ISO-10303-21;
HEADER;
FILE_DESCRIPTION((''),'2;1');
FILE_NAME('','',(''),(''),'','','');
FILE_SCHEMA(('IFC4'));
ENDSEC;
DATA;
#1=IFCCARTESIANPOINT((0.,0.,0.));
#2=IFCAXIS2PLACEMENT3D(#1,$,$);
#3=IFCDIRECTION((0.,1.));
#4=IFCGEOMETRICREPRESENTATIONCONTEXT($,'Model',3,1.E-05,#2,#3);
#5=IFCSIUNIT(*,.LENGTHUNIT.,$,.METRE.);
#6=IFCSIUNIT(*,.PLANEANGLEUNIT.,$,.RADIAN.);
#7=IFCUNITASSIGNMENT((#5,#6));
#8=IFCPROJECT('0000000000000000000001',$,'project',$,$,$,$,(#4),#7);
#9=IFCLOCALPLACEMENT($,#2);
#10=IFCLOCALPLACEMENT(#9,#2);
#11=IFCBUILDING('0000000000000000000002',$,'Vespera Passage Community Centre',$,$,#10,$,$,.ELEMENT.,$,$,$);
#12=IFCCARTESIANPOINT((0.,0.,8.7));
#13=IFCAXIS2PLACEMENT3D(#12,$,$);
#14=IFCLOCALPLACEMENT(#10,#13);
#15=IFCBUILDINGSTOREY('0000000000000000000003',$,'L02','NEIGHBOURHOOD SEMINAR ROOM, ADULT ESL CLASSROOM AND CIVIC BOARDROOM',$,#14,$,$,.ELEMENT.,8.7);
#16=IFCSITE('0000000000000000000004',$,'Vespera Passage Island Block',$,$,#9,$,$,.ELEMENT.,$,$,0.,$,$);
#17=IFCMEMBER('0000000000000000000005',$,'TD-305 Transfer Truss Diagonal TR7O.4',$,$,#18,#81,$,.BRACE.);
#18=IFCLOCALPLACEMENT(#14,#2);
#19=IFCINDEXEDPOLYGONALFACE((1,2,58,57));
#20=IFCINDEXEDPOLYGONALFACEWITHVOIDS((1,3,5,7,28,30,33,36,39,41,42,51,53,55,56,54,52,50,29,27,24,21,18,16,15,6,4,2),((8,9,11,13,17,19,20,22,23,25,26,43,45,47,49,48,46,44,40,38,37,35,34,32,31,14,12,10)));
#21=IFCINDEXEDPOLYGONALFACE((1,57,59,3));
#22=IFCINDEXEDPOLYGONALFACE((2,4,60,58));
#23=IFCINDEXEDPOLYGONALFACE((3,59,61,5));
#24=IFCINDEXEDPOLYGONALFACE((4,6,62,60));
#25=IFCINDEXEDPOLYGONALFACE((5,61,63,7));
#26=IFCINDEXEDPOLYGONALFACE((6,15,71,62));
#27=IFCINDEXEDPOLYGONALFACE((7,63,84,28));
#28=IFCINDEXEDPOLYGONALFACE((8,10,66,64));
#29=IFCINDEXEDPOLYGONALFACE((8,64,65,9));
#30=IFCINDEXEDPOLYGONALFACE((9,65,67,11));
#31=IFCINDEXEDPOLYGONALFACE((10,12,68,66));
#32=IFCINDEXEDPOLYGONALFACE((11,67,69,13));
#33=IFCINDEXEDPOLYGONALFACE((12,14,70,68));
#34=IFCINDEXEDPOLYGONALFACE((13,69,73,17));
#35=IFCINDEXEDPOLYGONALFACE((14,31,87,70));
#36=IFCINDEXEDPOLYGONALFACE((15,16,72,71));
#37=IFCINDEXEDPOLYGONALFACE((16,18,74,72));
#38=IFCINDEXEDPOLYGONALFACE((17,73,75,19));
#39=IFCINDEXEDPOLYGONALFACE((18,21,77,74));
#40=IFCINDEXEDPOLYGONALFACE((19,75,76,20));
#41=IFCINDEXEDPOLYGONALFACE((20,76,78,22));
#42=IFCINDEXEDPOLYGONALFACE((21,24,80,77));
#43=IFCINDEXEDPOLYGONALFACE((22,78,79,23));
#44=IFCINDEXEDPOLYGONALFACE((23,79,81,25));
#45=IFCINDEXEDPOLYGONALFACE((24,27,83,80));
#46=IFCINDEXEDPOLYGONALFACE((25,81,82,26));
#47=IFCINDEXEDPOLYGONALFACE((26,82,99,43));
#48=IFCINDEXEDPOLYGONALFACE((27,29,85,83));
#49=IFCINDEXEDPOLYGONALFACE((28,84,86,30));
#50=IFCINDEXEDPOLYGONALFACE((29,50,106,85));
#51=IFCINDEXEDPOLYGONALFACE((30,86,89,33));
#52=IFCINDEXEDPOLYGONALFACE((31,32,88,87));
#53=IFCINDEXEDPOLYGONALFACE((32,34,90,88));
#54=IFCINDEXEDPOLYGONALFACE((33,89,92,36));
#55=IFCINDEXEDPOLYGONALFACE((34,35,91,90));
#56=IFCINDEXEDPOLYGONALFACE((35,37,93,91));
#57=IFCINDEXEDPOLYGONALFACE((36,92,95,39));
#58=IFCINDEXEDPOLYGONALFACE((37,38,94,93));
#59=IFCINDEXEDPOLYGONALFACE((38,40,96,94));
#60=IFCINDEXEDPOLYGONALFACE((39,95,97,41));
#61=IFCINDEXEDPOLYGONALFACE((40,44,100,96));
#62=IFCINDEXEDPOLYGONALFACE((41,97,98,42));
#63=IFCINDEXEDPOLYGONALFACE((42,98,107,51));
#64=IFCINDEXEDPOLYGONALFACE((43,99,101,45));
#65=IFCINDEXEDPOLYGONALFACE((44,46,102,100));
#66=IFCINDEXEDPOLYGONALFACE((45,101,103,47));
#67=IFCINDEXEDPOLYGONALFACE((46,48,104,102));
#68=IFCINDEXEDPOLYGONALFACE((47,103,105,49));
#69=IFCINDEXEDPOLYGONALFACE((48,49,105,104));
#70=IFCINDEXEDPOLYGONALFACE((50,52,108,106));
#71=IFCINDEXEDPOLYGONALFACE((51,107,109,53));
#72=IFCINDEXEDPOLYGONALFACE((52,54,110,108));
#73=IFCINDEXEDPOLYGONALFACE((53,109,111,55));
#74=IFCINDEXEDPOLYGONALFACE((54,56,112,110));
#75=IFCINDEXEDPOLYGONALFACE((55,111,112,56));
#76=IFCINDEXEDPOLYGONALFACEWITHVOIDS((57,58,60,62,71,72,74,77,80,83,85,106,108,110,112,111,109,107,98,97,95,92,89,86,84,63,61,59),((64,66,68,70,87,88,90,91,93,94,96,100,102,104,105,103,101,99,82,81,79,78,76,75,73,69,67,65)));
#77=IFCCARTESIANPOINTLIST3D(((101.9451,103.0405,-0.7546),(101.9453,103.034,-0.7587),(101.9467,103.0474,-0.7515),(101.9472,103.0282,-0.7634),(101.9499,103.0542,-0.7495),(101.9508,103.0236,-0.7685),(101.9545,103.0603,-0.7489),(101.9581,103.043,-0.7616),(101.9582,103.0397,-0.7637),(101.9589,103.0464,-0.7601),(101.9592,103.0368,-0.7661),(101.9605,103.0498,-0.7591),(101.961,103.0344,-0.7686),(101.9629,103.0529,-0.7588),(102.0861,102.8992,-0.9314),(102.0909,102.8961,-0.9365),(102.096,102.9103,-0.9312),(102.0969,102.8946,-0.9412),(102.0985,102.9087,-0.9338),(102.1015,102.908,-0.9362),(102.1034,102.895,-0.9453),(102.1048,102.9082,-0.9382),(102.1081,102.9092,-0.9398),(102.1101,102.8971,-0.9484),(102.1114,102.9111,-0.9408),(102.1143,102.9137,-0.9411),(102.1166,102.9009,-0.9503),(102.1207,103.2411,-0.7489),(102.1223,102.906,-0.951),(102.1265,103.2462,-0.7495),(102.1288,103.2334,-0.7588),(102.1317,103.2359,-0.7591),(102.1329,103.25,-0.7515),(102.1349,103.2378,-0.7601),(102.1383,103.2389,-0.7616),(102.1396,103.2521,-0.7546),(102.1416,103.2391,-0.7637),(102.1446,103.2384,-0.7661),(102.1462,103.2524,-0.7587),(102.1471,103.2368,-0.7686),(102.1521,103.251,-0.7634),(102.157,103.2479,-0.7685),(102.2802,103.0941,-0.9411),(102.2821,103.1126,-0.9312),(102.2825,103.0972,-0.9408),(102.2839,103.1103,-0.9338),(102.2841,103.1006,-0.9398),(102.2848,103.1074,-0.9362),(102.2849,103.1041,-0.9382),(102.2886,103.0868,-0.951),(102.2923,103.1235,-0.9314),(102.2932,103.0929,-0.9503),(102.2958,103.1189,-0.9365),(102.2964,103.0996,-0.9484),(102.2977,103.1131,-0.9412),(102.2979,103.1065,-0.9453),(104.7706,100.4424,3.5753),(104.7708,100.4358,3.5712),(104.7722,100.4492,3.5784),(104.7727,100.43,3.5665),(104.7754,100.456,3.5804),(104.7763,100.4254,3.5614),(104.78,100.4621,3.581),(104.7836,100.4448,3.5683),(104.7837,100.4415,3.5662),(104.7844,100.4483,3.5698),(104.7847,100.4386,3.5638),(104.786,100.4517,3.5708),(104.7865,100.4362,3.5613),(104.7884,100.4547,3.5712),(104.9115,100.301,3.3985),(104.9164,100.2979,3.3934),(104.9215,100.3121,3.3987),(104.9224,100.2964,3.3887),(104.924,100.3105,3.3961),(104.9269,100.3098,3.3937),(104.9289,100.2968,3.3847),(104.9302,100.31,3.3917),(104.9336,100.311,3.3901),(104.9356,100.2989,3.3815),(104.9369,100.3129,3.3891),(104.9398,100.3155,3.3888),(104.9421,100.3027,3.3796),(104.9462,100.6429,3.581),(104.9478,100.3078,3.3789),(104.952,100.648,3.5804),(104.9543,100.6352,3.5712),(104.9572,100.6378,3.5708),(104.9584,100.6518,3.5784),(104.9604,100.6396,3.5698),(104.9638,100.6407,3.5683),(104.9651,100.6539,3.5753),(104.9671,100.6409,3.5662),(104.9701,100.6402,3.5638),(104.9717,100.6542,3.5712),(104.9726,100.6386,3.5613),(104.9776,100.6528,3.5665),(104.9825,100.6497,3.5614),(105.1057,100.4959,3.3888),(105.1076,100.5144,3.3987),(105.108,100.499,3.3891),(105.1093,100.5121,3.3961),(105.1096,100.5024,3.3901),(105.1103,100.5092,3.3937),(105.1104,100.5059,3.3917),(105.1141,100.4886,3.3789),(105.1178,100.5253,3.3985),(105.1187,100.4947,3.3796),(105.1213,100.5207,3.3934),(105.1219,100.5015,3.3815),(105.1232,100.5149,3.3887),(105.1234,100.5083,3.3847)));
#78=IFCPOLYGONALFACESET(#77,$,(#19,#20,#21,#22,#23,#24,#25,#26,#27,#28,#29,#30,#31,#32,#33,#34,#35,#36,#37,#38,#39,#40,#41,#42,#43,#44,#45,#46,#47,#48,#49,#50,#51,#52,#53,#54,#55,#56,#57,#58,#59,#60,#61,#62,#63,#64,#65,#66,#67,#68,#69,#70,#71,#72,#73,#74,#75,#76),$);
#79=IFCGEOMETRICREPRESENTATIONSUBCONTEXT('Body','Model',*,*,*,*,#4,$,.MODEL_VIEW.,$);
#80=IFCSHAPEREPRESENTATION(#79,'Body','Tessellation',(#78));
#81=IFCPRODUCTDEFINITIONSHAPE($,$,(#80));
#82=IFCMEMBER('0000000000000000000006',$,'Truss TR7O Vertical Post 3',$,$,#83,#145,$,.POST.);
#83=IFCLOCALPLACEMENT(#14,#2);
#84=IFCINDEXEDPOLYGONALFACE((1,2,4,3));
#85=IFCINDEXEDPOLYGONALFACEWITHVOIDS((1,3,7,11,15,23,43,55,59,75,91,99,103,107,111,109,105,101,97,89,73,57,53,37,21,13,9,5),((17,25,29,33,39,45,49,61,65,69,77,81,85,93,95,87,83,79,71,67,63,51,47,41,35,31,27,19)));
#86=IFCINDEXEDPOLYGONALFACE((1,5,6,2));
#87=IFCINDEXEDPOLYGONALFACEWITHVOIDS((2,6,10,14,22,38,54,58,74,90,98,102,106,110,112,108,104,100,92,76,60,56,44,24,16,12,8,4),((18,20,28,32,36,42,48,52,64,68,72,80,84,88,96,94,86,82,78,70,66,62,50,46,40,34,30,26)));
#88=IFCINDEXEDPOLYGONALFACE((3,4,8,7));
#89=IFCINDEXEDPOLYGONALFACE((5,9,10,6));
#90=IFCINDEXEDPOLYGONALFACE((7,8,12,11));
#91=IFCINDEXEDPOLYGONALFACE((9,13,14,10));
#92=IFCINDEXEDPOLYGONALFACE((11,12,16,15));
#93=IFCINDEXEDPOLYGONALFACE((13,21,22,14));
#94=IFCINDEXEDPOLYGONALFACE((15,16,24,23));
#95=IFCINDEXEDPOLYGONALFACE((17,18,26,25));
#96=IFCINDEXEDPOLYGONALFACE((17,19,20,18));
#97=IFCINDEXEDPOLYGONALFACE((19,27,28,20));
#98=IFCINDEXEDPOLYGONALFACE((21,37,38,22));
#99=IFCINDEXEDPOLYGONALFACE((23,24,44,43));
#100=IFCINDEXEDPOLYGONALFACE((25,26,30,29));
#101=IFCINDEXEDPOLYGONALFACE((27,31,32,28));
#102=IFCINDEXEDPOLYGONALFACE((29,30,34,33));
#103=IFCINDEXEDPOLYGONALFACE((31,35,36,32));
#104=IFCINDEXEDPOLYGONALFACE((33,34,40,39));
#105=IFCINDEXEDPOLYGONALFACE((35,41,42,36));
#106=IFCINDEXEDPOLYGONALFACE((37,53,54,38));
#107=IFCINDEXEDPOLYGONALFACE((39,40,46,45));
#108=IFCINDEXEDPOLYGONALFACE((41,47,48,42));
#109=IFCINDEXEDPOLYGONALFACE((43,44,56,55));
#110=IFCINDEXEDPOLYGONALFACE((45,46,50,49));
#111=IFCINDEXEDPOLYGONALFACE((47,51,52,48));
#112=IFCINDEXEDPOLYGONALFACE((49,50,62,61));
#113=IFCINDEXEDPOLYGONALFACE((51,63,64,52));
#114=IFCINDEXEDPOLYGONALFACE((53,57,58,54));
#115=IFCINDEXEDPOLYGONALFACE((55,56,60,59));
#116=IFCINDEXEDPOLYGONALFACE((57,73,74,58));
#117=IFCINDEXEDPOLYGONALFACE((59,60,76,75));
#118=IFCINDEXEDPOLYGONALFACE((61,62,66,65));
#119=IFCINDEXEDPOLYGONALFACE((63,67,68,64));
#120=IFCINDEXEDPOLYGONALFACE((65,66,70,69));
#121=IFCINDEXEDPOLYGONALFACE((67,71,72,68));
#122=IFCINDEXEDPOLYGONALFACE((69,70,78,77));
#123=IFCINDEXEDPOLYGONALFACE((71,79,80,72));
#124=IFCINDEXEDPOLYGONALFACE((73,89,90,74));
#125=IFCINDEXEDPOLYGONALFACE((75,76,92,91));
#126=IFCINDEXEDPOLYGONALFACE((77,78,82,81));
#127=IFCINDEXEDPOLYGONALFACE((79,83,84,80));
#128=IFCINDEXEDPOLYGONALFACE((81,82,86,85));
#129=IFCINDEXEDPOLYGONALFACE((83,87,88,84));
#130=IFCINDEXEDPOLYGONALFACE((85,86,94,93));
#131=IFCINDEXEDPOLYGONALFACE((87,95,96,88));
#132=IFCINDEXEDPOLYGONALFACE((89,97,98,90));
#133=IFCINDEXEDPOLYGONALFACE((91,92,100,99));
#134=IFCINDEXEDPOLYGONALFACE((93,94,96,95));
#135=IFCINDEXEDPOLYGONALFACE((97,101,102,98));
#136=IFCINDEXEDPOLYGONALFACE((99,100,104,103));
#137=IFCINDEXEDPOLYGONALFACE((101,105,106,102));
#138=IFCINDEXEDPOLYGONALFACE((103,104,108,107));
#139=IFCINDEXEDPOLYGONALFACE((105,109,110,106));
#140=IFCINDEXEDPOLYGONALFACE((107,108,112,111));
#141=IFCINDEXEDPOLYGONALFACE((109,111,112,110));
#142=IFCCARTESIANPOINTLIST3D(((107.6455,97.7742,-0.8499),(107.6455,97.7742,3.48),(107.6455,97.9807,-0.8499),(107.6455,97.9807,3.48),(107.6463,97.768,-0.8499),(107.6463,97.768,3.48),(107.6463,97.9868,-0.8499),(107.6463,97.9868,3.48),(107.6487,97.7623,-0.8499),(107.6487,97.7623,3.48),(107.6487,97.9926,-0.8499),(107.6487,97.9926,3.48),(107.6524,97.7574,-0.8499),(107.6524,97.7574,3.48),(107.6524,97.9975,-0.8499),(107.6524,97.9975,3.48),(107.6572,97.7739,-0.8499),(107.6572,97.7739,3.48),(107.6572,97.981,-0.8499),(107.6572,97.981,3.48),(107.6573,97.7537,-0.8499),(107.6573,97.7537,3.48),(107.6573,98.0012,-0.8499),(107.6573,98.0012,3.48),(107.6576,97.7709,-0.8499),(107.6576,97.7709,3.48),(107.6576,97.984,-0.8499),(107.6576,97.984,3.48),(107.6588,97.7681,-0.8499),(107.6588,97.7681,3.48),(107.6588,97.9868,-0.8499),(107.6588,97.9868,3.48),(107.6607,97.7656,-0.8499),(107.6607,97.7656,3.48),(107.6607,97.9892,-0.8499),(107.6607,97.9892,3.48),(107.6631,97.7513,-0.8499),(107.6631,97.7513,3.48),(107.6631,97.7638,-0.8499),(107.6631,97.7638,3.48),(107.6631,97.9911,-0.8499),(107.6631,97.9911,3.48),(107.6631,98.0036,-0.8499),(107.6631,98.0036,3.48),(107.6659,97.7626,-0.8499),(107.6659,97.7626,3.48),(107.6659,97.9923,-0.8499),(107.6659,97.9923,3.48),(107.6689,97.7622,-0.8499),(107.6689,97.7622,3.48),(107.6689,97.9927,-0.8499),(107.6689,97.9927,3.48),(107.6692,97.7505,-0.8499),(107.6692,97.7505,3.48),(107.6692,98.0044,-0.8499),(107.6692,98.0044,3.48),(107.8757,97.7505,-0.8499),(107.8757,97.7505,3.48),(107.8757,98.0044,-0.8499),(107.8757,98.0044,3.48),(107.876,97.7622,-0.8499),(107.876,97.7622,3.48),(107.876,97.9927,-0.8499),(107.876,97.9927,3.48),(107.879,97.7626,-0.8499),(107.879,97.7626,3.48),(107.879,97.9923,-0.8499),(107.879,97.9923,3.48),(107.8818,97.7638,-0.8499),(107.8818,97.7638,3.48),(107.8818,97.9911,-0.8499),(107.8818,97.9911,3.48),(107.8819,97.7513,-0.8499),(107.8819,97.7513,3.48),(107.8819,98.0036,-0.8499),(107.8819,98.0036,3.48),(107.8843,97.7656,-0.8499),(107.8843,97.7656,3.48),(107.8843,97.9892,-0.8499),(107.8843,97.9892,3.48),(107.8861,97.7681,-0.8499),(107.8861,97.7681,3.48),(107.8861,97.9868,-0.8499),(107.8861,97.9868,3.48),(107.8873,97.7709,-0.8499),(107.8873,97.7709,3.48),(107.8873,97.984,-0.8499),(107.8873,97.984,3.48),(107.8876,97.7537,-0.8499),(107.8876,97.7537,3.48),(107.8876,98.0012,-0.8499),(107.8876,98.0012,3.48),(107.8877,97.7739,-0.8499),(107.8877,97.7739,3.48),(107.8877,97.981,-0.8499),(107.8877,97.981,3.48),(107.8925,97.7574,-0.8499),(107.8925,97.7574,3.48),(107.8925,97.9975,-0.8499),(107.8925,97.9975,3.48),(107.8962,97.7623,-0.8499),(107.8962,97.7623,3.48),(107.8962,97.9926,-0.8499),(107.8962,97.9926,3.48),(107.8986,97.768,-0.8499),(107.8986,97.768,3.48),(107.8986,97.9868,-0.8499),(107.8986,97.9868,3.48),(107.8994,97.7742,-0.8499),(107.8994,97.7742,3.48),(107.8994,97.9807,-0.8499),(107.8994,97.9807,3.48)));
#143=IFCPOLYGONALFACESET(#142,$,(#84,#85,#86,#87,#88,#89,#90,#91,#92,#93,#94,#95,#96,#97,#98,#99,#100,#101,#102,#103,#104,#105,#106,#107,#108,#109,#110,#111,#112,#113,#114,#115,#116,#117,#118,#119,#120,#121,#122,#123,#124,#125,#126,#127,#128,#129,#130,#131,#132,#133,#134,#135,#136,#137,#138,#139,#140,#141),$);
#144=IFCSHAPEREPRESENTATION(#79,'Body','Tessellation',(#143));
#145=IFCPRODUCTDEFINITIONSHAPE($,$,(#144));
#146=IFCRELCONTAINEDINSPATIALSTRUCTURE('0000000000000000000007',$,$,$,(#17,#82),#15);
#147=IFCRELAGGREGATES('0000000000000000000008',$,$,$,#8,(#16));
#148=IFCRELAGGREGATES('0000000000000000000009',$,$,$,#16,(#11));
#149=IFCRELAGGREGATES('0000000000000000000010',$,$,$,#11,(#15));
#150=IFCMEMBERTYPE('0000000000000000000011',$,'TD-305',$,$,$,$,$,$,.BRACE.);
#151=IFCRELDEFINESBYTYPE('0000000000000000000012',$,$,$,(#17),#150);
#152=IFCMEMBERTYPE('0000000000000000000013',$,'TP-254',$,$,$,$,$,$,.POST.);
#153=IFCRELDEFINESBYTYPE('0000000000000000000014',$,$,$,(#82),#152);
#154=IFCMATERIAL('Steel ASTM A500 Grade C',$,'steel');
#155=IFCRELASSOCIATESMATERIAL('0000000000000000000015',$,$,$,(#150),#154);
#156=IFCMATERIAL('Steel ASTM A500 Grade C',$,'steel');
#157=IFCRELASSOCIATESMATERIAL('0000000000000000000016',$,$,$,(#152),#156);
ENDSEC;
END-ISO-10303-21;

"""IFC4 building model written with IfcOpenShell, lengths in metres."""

from ifc_helpers import new_model, si_unit, direction, frame, origin, origin_2d, place, context, subcontext, project, spatial, hollow_rectangle, extrude, material, material_profile, profile_set, type_object, element, save


model = new_model("IFC4")

# Units and contexts
model_context = context("Model", 3, precision=1e-05, world=origin(), true_north=direction((0.0, 1.0)))
body_context = subcontext(model_context, "Body", "Model", "MODEL_VIEW")
ifc_project = project(units=[si_unit("LENGTHUNIT", "METRE"), si_unit("PLANEANGLEUNIT", "RADIAN")], contexts=[model_context])

# Site, building, storey
site_placement = place(None, origin())
site = spatial("IfcSite", under=ifc_project, at=site_placement, Name="Vespera Passage Island Block", CompositionType="ELEMENT", RefElevation=0.0)
building_placement = place(site_placement, origin())
building = spatial("IfcBuilding", under=site, at=building_placement, Name="Vespera Passage Community Centre", CompositionType="ELEMENT")
storey_placement = place(building_placement, frame((0.0, 0.0, 8.7)))
storey = spatial("IfcBuildingStorey", under=building, at=storey_placement, Name="L02", Description="NEIGHBOURHOOD SEMINAR ROOM, ADULT ESL CLASSROOM AND CIVIC BOARDROOM", CompositionType="ELEMENT", Elevation=8.7)

# Members
ifc_material_1 = material(Name="Steel ASTM A500 Grade C", Category="steel")
ifc_material_profile_1 = material_profile(ifc_material_1, hollow_rectangle(XDim=0.3047, YDim=0.3047, WallThickness=0.0149, InnerFilletRadius=0.0149, OuterFilletRadius=0.0295, at=origin_2d()), Name="HSS305X305X15.9")
ifc_profile_set_1 = profile_set([ifc_material_profile_1], Name="Steel ASTM A500 Grade C")
member_type_1 = type_object("IfcMemberType", Name="TD-305", PredefinedType="BRACE", material=ifc_profile_set_1)
member_1_placement = place(storey_placement, frame((104.947, 100.4753, 3.48), z_axis=(-0.488301, 0.449019, -0.748294), x_axis=(-0.676879, -0.736095, 0.0)))
element("IfcMember", 1, at=member_1_placement, inside=storey, type_object=member_type_1, Name="TD-305 Transfer Truss Diagonal TR7O.4", PredefinedType="BRACE", context=body_context, shape_type="SweptSolid", body=[
    extrude(hollow_rectangle(XDim=0.3047, YDim=0.3047, WallThickness=0.0149, InnerFilletRadius=0.0149, OuterFilletRadius=0.0295, at=origin_2d()), origin(), (0.0, 0.0, 1.0), 5.7864),
])
ifc_material_2 = material(Name="Steel ASTM A500 Grade C", Category="steel")
ifc_material_profile_2 = material_profile(ifc_material_2, hollow_rectangle(XDim=0.2539, YDim=0.2539, WallThickness=0.0117, InnerFilletRadius=0.0117, OuterFilletRadius=0.0237, at=origin_2d()), Name="HSS254X254X12.7")
ifc_profile_set_2 = profile_set([ifc_material_profile_2], Name="Steel ASTM A500 Grade C")
member_type_2 = type_object("IfcMemberType", Name="TP-254", PredefinedType="POST", material=ifc_profile_set_2)
for number, where, z_axis, x_axis, name in (
    (2, (107.7725, 97.8774, -0.8499), (0.0, 0.0, 1.0), (1.0, 0.0, 0.0), "Truss TR7O Vertical Post 3"),
):
    element("IfcMember", number, at=place(storey_placement, frame(where, z_axis=z_axis, x_axis=x_axis)), inside=storey, type_object=member_type_2, Name=name, PredefinedType="POST", context=body_context, shape_type="SweptSolid", body=[
        extrude(hollow_rectangle(XDim=0.2539, YDim=0.2539, WallThickness=0.0117, InnerFilletRadius=0.0117, OuterFilletRadius=0.0237, at=origin_2d()), origin(), (0.0, 0.0, 1.0), 4.3298),
    ])

save(model, "model.ifc")
